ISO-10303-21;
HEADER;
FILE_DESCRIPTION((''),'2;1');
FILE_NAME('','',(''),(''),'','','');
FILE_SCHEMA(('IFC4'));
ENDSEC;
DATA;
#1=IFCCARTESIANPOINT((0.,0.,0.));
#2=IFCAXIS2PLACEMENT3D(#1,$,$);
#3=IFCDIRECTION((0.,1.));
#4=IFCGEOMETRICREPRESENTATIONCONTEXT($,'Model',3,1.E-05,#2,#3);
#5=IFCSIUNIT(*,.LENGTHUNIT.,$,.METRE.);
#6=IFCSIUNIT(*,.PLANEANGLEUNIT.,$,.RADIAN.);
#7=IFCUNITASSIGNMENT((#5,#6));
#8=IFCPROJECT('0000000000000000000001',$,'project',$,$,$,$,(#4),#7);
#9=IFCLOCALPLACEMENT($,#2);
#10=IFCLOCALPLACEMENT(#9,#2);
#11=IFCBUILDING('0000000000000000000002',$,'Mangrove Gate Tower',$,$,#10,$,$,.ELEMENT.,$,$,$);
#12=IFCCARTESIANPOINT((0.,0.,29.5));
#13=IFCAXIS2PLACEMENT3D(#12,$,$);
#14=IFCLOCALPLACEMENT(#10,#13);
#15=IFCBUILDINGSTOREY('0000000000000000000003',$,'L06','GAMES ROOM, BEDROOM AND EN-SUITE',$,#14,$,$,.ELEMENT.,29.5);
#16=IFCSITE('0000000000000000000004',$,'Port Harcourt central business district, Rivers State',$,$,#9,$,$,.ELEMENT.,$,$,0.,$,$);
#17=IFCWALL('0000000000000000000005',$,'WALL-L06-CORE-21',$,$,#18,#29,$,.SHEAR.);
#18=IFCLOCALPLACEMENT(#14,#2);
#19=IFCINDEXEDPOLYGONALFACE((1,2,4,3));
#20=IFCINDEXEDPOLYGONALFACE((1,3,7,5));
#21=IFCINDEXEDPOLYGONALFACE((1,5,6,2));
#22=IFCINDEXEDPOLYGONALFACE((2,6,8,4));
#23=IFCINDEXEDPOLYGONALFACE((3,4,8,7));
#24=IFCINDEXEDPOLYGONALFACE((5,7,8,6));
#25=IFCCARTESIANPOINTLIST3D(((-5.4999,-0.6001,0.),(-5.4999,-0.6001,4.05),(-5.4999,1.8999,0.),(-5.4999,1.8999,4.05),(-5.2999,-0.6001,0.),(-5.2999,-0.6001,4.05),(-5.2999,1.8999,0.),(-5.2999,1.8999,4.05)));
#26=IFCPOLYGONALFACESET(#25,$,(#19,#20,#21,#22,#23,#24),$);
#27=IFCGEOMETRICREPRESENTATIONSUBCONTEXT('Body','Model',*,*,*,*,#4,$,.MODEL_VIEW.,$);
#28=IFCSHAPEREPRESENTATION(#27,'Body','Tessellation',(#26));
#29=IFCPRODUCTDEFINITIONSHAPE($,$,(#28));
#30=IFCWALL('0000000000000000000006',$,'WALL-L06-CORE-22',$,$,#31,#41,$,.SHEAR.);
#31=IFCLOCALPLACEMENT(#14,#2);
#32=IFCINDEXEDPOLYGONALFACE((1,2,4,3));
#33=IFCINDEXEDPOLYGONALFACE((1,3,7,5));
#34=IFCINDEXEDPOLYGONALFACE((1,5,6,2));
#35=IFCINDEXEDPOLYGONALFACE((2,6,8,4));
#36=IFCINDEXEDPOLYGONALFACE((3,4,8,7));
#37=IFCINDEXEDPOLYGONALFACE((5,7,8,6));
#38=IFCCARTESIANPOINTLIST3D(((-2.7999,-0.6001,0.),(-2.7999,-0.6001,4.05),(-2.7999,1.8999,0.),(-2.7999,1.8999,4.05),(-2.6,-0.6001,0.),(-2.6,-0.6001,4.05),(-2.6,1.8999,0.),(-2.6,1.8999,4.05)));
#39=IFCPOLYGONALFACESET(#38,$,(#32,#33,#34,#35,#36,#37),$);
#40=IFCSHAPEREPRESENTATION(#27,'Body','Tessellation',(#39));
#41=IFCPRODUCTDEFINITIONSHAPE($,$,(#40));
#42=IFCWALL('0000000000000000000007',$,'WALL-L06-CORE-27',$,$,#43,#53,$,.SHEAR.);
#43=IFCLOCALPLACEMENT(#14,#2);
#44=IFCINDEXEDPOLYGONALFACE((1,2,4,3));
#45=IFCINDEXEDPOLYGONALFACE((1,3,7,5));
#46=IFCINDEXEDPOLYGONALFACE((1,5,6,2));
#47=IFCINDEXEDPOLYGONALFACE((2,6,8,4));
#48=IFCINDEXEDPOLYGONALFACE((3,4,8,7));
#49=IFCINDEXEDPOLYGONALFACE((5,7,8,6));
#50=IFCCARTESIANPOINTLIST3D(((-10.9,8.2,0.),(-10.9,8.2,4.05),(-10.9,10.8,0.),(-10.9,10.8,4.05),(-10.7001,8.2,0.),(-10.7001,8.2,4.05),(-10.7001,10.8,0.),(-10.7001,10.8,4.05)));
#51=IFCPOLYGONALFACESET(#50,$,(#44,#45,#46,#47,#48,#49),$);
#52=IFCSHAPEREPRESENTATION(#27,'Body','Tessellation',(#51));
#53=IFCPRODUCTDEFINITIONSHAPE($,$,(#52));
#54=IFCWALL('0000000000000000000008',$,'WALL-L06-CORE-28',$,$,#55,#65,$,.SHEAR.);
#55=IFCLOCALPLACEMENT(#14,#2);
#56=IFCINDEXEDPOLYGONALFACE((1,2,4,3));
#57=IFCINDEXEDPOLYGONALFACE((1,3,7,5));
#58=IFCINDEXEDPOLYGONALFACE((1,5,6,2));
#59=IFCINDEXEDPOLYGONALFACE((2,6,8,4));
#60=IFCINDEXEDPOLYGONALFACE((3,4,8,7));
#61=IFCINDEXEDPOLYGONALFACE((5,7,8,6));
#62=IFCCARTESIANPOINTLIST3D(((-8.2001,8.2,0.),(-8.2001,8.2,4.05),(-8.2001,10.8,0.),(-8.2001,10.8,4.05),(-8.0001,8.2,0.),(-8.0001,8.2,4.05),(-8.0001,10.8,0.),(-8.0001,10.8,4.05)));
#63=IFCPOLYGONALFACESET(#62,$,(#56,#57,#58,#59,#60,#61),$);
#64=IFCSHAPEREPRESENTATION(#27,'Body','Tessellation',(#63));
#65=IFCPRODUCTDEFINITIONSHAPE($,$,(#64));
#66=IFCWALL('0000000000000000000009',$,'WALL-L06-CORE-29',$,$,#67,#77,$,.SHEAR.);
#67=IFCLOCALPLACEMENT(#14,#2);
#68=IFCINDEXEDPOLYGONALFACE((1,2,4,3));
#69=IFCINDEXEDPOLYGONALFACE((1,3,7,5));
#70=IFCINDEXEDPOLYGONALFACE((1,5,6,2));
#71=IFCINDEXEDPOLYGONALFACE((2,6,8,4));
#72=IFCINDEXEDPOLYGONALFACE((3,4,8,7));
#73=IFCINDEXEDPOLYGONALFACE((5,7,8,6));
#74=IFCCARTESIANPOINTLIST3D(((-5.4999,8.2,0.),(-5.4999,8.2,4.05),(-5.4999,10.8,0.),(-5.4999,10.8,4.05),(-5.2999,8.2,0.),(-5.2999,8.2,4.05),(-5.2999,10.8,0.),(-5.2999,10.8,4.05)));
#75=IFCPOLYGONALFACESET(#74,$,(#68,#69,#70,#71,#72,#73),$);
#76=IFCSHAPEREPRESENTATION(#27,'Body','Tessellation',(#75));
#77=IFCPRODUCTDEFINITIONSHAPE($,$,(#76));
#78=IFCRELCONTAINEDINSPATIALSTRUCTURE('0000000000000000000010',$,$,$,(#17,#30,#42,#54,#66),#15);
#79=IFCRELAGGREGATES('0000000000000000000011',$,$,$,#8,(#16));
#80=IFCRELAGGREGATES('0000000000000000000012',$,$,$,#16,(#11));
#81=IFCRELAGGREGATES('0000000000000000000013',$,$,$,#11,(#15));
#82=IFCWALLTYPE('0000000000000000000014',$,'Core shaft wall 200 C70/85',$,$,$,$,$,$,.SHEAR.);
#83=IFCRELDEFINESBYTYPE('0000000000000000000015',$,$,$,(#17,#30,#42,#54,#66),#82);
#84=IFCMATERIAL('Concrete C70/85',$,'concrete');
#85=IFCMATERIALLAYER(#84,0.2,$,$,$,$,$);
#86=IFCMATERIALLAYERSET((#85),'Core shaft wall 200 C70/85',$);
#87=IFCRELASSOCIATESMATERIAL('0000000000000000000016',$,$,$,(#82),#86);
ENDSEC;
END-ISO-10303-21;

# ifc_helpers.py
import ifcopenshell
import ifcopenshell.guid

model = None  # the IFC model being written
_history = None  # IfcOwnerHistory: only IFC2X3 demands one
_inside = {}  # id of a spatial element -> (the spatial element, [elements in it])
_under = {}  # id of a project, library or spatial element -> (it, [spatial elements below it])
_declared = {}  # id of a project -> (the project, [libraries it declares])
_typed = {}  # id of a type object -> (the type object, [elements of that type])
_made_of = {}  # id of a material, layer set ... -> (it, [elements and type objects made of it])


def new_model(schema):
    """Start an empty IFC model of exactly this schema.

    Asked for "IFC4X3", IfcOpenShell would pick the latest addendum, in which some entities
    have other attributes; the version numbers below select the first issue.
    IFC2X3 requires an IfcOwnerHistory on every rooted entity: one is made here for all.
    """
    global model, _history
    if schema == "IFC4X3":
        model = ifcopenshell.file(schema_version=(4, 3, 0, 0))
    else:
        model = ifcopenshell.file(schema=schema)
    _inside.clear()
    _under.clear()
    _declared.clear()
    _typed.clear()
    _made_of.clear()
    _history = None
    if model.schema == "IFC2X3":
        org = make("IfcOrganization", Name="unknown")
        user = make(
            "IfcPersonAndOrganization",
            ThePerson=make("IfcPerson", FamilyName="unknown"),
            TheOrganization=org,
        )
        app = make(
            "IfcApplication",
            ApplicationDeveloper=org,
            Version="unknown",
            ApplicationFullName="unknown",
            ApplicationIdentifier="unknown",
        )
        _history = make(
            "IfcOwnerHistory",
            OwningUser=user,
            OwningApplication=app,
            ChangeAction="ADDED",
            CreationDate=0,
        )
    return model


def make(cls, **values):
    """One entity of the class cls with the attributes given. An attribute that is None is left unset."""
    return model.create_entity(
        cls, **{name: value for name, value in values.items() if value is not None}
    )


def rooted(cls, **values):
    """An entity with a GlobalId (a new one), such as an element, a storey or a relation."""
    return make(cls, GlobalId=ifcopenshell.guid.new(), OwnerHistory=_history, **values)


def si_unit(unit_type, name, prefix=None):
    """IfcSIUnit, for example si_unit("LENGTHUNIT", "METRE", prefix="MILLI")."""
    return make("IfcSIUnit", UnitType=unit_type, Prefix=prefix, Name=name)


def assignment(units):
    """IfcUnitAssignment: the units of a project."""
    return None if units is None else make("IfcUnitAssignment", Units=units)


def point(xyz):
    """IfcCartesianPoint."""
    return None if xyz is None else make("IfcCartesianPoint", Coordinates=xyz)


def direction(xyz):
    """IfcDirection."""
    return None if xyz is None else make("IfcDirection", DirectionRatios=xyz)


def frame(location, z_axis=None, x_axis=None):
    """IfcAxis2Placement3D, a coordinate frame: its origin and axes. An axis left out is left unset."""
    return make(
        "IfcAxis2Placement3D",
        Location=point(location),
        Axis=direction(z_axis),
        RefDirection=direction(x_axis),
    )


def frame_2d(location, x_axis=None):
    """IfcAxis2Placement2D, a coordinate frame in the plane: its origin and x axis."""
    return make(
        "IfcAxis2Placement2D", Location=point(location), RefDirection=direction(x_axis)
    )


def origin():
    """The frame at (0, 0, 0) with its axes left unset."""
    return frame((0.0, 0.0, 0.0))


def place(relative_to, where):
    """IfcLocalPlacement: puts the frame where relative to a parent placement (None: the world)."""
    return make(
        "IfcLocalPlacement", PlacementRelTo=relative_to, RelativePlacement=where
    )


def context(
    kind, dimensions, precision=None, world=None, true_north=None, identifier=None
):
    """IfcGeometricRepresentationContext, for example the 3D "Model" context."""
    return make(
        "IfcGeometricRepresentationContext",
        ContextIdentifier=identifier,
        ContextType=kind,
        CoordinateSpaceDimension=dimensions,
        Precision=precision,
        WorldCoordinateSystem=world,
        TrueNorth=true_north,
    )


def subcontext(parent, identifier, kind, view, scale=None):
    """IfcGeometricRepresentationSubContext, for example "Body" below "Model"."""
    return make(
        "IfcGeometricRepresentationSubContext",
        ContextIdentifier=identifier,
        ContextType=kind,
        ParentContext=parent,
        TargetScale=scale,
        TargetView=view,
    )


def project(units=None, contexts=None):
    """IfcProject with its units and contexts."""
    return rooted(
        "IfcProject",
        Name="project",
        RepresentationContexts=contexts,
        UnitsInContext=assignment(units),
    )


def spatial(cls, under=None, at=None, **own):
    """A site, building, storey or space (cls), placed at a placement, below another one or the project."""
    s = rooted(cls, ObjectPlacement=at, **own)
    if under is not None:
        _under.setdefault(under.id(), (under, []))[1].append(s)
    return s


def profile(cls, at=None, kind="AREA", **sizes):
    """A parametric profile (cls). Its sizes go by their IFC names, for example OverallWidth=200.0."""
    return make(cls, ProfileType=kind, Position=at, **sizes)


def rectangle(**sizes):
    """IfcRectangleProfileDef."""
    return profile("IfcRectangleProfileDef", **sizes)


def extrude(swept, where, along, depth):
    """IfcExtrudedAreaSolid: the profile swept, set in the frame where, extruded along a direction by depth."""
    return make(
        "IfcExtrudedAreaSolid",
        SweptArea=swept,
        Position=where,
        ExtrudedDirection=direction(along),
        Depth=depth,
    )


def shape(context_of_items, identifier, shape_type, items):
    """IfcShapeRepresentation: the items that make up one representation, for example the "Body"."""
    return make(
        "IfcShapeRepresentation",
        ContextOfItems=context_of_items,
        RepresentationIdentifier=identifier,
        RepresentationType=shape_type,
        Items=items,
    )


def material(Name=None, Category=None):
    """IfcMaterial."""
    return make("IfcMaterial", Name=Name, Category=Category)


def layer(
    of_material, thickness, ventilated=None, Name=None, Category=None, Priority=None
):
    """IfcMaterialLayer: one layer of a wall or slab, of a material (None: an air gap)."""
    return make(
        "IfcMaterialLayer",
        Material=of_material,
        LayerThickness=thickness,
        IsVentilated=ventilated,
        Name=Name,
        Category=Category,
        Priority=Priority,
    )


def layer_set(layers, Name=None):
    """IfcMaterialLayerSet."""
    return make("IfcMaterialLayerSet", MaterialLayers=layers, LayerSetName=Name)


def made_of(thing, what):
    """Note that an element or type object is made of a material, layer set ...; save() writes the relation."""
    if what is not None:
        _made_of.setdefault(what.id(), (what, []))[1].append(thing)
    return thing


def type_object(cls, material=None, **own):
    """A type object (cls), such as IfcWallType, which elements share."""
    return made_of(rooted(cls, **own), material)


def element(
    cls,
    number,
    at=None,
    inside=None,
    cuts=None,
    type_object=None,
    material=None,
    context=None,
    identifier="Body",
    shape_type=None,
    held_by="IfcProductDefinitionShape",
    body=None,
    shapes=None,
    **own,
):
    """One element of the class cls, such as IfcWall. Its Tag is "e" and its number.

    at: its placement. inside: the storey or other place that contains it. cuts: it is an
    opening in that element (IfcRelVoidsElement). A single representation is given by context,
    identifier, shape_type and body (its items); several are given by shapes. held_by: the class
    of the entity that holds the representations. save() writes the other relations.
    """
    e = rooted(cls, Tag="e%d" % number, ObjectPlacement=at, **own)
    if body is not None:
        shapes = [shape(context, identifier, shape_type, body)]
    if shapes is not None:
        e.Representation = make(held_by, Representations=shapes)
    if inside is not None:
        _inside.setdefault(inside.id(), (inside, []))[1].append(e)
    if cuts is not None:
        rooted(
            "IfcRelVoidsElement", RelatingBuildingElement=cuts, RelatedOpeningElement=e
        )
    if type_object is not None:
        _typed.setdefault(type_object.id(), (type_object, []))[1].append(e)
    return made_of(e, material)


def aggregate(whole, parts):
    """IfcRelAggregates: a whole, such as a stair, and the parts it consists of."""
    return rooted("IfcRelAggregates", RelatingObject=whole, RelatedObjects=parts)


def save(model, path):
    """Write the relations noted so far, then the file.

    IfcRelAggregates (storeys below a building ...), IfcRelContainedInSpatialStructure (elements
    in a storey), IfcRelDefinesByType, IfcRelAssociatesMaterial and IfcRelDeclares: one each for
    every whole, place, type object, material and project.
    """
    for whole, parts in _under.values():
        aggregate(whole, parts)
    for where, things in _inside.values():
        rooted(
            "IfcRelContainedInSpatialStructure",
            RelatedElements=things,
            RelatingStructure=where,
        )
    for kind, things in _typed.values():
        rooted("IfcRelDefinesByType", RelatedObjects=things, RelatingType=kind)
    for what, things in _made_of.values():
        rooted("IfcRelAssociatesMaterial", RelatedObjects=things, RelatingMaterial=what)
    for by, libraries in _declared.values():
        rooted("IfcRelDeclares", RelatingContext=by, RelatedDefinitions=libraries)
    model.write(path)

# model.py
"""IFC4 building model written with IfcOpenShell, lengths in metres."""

from ifc_helpers import new_model, si_unit, direction, frame, frame_2d, origin, place, context, subcontext, project, spatial, rectangle, extrude, material, layer, layer_set, type_object, element, save


model = new_model("IFC4")

# Units and contexts
model_context = context("Model", 3, precision=1e-05, world=origin(), true_north=direction((0.0, 1.0)))
body_context = subcontext(model_context, "Body", "Model", "MODEL_VIEW")
ifc_project = project(units=[si_unit("LENGTHUNIT", "METRE"), si_unit("PLANEANGLEUNIT", "RADIAN")], contexts=[model_context])

# Site, building, storey
site_placement = place(None, origin())
site = spatial("IfcSite", under=ifc_project, at=site_placement, Name="Port Harcourt central business district, Rivers State", CompositionType="ELEMENT", RefElevation=0.0)
building_placement = place(site_placement, origin())
building = spatial("IfcBuilding", under=site, at=building_placement, Name="Mangrove Gate Tower", CompositionType="ELEMENT")
storey_placement = place(building_placement, frame((0.0, 0.0, 29.5)))
storey = spatial("IfcBuildingStorey", under=building, at=storey_placement, Name="L06", Description="GAMES ROOM, BEDROOM AND EN-SUITE", CompositionType="ELEMENT", Elevation=29.5)

# Shared definitions
ifc_material_1 = material(Name="Concrete C70/85", Category="concrete")
ifc_layer_1 = layer(ifc_material_1, 0.2)
ifc_layer_set_1 = layer_set([ifc_layer_1], Name="Core shaft wall 200 C70/85")
wall_type_1 = type_object("IfcWallType", Name="Core shaft wall 200 C70/85", PredefinedType="SHEAR", material=ifc_layer_set_1)

# Walls
for number, where, z_axis, x_axis, name in (
    (1, (-5.3999, -0.6001, 0.0), (0.0, 0.0, 1.0), (0.0, 1.0, 0.0), "WALL-L06-CORE-21"),
    (2, (-2.7, -0.6001, 0.0), (0.0, 0.0, 1.0), (0.0, 1.0, 0.0), "WALL-L06-CORE-22"),
):
    element("IfcWall", number, at=place(storey_placement, frame(where, z_axis=z_axis, x_axis=x_axis)), inside=storey, type_object=wall_type_1, Name=name, PredefinedType="SHEAR", context=body_context, shape_type="SweptSolid", body=[
        extrude(rectangle(XDim=2.5, YDim=0.2, at=frame_2d((1.25, 0.0))), origin(), (0.0, 0.0, 1.0), 4.05),
    ])
for number, where, z_axis, x_axis, name in (
    (3, (-10.8, 8.2, 0.0), (0.0, 0.0, 1.0), (0.0, 1.0, 0.0), "WALL-L06-CORE-27"),
    (4, (-8.1001, 8.2, 0.0), (0.0, 0.0, 1.0), (0.0, 1.0, 0.0), "WALL-L06-CORE-28"),
    (5, (-5.3999, 8.2, 0.0), (0.0, 0.0, 1.0), (0.0, 1.0, 0.0), "WALL-L06-CORE-29"),
):
    element("IfcWall", number, at=place(storey_placement, frame(where, z_axis=z_axis, x_axis=x_axis)), inside=storey, type_object=wall_type_1, Name=name, PredefinedType="SHEAR", context=body_context, shape_type="SweptSolid", body=[
        extrude(rectangle(XDim=2.6001, YDim=0.2, at=frame_2d((1.3, 0.0))), origin(), (0.0, 0.0, 1.0), 4.05),
    ])

save(model, "model.ifc")
